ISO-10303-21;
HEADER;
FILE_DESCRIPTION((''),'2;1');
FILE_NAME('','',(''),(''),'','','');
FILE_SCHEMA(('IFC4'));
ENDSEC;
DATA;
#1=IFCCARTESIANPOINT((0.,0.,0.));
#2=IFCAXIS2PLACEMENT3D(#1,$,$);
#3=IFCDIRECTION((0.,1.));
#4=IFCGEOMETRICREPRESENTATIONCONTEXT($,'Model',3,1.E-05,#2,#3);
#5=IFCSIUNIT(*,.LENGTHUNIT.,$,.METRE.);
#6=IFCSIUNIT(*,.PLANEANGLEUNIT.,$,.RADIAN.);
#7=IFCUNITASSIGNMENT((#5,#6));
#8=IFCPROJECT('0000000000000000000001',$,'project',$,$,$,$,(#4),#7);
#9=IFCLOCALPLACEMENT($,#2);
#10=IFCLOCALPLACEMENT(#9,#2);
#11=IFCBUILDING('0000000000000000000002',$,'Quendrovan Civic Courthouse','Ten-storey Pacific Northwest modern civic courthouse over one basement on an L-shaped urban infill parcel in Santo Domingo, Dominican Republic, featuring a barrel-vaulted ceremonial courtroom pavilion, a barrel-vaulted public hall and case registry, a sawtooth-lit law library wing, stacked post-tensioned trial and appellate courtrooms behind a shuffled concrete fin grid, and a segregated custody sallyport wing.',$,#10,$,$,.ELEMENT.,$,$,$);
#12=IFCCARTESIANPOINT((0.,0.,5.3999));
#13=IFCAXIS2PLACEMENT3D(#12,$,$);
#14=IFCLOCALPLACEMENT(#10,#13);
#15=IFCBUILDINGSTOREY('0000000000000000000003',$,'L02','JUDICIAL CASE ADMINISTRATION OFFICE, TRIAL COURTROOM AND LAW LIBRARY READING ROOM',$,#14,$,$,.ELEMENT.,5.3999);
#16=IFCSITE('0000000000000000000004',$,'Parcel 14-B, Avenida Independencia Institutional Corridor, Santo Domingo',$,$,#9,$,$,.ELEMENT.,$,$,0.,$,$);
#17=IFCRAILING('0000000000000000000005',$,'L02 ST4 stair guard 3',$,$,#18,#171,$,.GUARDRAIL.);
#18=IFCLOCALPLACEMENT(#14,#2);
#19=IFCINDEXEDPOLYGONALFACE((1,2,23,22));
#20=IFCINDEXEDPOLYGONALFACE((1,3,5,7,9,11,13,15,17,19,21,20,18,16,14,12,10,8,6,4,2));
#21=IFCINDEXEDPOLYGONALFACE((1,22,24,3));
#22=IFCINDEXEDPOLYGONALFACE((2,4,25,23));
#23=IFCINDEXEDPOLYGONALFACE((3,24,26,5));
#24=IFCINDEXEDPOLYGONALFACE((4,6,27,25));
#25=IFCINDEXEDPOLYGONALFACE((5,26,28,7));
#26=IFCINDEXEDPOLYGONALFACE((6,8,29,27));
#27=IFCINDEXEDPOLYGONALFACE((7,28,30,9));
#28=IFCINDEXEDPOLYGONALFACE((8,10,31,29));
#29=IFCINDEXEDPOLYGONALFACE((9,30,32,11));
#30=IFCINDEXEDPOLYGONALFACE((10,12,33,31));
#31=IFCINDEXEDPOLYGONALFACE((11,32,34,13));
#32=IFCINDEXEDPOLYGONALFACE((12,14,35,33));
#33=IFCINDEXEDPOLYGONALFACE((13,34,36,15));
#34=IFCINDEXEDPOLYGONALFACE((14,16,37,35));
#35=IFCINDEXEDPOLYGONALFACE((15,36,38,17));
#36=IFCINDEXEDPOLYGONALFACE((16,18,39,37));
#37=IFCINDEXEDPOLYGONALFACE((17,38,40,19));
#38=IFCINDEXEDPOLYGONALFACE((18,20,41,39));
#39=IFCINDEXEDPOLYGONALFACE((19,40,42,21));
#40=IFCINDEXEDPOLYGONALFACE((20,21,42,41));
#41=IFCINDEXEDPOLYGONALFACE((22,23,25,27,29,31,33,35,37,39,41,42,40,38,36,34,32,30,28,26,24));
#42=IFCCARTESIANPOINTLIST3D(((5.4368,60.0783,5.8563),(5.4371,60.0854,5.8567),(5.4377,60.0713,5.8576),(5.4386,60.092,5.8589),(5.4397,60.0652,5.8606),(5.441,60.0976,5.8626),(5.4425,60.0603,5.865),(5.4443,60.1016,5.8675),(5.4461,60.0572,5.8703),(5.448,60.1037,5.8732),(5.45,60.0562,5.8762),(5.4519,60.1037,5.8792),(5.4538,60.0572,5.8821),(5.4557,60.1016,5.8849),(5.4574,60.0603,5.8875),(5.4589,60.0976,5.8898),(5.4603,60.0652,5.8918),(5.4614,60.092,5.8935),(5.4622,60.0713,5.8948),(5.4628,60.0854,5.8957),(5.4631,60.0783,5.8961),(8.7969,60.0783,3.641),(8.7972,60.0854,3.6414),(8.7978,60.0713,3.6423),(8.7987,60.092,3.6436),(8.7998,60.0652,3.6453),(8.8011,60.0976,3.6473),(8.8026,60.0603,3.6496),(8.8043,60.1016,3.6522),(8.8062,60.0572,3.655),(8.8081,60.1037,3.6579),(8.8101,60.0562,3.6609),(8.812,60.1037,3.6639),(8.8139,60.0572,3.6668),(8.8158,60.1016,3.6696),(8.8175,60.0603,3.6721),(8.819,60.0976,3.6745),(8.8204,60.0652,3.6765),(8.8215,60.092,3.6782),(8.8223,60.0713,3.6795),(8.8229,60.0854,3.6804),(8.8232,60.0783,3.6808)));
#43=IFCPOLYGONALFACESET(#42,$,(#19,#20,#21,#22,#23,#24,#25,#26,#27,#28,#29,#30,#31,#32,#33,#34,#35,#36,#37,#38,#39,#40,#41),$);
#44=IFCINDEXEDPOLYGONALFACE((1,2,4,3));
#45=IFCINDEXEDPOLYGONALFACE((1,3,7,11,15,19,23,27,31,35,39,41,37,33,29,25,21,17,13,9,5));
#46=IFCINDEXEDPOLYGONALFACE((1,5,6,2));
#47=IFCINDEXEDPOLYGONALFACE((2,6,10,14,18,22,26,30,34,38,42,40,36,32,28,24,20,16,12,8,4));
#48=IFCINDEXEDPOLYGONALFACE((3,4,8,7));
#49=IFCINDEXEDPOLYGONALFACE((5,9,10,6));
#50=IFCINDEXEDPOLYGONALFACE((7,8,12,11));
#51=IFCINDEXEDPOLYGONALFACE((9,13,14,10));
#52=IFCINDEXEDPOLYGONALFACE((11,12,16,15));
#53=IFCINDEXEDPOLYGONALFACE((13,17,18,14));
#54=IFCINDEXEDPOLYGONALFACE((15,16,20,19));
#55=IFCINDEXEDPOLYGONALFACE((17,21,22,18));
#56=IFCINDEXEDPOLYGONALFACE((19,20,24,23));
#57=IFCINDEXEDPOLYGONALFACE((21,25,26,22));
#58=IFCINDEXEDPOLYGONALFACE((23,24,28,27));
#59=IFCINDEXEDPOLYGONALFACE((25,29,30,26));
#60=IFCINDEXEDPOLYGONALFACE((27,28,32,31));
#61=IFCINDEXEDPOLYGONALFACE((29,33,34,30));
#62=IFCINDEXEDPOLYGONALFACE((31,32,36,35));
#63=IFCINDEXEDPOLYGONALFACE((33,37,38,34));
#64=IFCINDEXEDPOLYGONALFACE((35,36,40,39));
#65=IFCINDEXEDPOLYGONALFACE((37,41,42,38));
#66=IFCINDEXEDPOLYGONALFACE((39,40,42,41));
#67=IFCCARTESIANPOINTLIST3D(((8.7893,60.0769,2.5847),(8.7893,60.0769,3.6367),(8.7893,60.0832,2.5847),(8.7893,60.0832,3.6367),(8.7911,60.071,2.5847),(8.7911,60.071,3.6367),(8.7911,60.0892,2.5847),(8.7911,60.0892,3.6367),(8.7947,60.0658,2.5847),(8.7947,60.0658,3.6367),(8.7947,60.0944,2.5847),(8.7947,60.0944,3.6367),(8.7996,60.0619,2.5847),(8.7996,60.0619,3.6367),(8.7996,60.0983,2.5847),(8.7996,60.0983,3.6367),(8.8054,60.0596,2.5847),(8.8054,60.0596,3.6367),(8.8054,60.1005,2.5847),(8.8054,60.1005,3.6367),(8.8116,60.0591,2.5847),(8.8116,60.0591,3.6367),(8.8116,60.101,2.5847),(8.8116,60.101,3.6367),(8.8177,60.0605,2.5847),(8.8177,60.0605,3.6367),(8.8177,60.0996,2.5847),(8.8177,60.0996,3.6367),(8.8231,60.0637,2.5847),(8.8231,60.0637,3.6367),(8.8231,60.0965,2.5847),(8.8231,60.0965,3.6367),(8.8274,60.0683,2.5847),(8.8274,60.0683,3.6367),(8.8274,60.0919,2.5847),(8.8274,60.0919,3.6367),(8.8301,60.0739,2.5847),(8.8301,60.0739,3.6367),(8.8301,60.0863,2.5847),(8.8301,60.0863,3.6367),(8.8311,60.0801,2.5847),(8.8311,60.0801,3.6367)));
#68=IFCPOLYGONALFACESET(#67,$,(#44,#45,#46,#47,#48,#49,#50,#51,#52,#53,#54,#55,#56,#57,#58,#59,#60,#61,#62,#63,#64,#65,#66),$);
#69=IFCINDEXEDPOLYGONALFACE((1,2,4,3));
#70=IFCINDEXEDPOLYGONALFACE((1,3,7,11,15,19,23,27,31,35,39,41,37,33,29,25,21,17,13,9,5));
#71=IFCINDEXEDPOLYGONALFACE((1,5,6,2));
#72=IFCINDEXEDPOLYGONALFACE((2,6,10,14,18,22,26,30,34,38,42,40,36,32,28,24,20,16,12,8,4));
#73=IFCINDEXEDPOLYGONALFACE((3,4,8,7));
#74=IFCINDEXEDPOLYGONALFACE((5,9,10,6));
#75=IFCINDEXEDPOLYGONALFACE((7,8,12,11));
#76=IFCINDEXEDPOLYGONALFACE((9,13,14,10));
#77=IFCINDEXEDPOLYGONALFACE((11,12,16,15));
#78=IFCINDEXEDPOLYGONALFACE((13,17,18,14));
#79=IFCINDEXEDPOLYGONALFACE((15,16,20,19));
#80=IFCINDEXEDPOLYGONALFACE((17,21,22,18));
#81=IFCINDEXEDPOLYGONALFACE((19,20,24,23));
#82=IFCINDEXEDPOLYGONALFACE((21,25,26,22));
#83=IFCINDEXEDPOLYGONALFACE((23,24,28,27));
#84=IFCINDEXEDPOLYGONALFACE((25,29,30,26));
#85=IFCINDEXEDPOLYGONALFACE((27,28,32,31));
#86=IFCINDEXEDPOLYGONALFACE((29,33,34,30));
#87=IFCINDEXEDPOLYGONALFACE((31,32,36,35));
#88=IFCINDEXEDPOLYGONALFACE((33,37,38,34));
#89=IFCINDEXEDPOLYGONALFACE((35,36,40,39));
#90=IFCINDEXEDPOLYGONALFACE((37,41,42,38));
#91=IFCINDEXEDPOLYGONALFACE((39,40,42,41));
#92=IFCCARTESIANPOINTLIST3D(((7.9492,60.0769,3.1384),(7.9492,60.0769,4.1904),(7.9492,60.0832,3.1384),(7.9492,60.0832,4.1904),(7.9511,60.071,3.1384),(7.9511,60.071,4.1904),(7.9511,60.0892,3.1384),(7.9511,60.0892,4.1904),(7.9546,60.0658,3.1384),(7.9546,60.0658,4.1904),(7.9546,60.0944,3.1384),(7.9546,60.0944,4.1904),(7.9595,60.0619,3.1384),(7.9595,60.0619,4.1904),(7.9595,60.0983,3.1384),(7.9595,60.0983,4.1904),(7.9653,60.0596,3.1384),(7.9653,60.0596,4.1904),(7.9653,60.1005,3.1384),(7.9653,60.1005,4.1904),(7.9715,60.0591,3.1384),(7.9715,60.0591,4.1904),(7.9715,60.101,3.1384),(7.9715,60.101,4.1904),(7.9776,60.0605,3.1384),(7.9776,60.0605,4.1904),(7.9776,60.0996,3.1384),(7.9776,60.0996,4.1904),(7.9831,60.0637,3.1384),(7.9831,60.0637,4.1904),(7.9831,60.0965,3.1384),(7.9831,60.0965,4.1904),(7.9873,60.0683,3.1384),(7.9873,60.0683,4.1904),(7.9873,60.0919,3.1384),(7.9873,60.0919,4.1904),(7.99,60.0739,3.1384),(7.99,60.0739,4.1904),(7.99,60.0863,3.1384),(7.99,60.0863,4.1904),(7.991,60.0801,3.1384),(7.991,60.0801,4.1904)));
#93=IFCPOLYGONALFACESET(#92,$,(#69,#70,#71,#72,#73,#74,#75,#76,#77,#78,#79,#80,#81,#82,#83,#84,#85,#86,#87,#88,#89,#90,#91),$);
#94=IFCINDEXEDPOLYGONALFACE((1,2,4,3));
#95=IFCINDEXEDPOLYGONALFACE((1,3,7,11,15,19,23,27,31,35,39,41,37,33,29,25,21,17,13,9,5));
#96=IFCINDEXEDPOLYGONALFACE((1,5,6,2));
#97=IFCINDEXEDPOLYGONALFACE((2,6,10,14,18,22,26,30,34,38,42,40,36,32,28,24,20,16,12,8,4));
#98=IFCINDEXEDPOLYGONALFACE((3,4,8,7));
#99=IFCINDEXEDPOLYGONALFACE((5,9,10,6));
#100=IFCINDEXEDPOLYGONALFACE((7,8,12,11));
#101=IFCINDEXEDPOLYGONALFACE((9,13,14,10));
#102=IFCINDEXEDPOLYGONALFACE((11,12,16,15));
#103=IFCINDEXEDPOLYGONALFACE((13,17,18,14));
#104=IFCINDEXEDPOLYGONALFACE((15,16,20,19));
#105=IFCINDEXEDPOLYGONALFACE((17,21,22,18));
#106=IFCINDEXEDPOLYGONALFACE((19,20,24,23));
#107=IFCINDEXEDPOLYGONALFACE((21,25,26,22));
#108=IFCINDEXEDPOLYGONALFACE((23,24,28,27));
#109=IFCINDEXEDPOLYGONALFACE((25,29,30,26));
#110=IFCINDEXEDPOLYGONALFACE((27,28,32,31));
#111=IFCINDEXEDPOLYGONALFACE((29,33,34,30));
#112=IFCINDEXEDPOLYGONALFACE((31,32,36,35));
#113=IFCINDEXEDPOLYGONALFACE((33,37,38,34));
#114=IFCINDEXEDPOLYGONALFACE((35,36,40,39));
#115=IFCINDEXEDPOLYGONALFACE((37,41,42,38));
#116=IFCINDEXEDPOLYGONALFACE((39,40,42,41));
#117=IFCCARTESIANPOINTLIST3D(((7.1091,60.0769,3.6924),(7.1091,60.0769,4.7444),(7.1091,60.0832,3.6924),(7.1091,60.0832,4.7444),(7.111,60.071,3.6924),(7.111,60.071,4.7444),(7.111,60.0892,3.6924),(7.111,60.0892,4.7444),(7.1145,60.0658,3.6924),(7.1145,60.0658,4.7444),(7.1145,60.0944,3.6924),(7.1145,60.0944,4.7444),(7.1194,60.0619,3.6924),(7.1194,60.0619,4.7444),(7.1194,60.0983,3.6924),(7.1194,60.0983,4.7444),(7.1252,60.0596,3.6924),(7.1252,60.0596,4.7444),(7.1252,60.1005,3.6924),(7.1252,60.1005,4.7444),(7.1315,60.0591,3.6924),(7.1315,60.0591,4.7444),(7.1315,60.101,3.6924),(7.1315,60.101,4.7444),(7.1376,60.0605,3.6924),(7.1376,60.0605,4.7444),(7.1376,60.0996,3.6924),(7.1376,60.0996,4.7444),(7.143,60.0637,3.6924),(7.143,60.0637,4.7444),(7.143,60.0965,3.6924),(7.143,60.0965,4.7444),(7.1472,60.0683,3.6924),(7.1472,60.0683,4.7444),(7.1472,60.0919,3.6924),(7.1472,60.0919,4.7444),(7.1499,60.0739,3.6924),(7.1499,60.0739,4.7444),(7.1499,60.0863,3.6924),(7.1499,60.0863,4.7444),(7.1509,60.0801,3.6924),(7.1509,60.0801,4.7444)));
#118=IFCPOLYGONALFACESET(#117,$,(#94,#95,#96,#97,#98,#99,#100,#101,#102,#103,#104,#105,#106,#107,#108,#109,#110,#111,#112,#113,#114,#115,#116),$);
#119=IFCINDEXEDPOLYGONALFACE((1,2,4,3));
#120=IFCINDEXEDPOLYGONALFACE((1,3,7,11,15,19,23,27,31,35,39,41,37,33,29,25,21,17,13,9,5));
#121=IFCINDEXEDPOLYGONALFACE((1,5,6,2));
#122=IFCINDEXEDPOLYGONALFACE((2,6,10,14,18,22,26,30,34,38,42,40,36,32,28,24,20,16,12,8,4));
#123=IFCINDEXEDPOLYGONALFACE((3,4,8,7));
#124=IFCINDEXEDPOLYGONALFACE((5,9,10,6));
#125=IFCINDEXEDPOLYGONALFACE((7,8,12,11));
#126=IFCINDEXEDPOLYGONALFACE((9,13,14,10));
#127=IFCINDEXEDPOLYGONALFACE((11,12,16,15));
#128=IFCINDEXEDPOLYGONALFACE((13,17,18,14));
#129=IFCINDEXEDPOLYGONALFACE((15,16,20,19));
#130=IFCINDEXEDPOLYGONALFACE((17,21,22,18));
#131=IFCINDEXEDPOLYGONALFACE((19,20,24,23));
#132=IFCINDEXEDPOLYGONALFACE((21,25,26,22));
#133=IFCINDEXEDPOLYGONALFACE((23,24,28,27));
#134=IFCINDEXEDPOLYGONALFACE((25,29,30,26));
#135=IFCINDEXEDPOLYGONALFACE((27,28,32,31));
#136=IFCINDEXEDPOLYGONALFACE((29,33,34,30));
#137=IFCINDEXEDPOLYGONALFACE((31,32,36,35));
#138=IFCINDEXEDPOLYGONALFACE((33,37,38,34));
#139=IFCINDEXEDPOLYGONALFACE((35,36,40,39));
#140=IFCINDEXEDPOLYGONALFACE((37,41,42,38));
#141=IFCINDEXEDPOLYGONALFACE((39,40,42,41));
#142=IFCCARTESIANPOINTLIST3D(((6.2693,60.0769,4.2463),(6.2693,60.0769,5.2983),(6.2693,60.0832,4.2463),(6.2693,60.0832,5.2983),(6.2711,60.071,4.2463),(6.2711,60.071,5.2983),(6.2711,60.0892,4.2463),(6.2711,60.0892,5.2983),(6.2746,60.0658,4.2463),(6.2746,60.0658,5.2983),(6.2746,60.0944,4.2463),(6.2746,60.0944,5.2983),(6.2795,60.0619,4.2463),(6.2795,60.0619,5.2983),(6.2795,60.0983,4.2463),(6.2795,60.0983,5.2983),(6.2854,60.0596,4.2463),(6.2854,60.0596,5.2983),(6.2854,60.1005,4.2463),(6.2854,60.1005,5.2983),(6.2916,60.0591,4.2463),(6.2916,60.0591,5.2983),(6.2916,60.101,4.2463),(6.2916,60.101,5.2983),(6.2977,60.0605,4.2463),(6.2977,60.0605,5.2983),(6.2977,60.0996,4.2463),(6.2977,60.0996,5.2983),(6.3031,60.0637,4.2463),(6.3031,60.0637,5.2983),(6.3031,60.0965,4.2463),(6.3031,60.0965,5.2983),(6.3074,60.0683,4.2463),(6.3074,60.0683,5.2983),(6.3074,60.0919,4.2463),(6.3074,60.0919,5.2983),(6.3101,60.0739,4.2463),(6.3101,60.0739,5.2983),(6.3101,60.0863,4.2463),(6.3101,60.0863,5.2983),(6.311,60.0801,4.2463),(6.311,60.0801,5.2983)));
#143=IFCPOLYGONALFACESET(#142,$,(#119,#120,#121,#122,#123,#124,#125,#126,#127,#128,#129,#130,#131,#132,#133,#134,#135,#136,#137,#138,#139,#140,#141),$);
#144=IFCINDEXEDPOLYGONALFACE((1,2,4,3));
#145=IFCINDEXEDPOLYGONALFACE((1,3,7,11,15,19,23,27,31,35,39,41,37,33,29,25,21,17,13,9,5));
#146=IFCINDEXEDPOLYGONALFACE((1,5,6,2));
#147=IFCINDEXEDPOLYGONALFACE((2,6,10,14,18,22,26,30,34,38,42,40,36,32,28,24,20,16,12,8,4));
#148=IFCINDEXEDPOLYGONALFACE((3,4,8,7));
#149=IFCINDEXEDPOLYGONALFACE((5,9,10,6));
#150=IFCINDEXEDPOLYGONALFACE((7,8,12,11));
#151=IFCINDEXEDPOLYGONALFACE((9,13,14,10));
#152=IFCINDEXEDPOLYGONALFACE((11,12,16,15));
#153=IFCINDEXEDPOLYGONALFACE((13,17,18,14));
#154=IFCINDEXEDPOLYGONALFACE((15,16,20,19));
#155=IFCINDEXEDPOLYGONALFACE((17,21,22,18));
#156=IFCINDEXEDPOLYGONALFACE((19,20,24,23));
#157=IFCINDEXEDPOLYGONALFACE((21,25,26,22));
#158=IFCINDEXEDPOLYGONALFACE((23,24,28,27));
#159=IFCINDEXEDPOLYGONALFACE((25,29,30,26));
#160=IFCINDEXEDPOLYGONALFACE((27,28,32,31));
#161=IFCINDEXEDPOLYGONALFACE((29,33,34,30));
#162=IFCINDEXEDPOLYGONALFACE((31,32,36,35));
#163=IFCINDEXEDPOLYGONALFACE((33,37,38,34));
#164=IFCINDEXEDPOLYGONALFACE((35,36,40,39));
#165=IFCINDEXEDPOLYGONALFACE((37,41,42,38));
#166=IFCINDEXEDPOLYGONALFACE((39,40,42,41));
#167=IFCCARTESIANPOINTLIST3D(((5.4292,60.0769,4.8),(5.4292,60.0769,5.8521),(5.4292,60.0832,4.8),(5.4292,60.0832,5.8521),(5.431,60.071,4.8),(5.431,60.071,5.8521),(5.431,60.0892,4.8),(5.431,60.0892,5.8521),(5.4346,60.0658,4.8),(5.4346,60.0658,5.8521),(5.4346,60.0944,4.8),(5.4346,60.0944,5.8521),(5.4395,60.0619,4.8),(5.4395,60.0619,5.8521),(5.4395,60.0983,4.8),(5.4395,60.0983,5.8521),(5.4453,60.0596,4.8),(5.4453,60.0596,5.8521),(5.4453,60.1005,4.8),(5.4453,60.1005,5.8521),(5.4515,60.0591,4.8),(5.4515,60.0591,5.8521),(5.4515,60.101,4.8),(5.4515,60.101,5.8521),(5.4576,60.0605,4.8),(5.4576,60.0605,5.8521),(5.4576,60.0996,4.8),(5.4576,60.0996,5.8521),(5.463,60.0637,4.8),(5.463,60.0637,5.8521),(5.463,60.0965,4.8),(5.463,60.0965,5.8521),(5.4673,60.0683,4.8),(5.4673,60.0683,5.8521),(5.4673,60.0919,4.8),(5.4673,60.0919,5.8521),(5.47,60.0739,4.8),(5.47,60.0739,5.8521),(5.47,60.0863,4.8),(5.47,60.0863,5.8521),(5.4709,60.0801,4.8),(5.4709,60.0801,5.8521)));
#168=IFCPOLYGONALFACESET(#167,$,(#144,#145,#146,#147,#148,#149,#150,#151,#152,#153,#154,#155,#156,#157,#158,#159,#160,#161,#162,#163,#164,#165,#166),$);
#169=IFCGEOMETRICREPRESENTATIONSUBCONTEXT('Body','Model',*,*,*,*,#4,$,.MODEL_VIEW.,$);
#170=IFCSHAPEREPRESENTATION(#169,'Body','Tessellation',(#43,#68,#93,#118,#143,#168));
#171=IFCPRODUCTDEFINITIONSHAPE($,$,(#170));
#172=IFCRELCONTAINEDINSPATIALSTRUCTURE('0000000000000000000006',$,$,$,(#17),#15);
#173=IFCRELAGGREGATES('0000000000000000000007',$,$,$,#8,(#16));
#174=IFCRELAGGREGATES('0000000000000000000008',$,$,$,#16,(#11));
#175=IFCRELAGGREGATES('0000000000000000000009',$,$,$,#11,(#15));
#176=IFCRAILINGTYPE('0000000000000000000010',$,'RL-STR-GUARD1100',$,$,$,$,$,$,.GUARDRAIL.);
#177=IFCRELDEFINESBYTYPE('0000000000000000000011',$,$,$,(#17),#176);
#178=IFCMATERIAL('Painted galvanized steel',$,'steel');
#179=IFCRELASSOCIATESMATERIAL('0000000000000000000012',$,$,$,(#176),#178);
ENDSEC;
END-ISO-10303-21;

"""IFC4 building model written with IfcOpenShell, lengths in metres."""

from ifc_helpers import new_model, si_unit, direction, frame, origin, origin_2d, place, context, subcontext, project, spatial, circle, extrude, material, type_object, element, save


model = new_model("IFC4")

# Units and contexts
model_context = context("Model", 3, precision=1e-05, world=origin(), true_north=direction((0.0, 1.0)))
body_context = subcontext(model_context, "Body", "Model", "MODEL_VIEW")
ifc_project = project(units=[si_unit("LENGTHUNIT", "METRE"), si_unit("PLANEANGLEUNIT", "RADIAN")], contexts=[model_context])

# Site, building, storey
site_placement = place(None, origin())
site = spatial("IfcSite", under=ifc_project, at=site_placement, Name="Parcel 14-B, Avenida Independencia Institutional Corridor, Santo Domingo", CompositionType="ELEMENT", RefElevation=0.0)
building_placement = place(site_placement, origin())
building = spatial("IfcBuilding", under=site, at=building_placement, Name="Quendrovan Civic Courthouse", Description="Ten-storey Pacific Northwest modern civic courthouse over one basement on an L-shaped urban infill parcel in Santo Domingo, Dominican Republic, featuring a barrel-vaulted ceremonial courtroom pavilion, a barrel-vaulted public hall and case registry, a sawtooth-lit law library wing, stacked post-tensioned trial and appellate courtrooms behind a shuffled concrete fin grid, and a segregated custody sallyport wing.", CompositionType="ELEMENT")
storey_placement = place(building_placement, frame((0.0, 0.0, 5.3999)))
storey = spatial("IfcBuildingStorey", under=building, at=storey_placement, Name="L02", Description="JUDICIAL CASE ADMINISTRATION OFFICE, TRIAL COURTROOM AND LAW LIBRARY READING ROOM", CompositionType="ELEMENT", Elevation=5.3999)

# Railing
ifc_material_1 = material(Name="Painted galvanized steel", Category="steel")
railing_type_1 = type_object("IfcRailingType", Name="RL-STR-GUARD1100", PredefinedType="GUARDRAIL", material=ifc_material_1)
railing_1_placement = place(storey_placement, frame((8.8101, 60.0801, 2.5847)))
element("IfcRailing", 1, at=railing_1_placement, inside=storey, type_object=railing_type_1, Name="L02 ST4 stair guard 3", PredefinedType="GUARDRAIL", context=body_context, shape_type="SweptSolid", body=[
    extrude(circle(Radius=0.0239, at=origin_2d()), frame((0.0, 0.0, 1.0762), z_axis=(-0.834876, 0.0, 0.550437), x_axis=(0.0, -1.0, 0.0)), (0.0, 0.0, 1.0), 4.0247),
    extrude(circle(Radius=0.021, at=origin_2d()), origin(), (0.0, 0.0, 1.0), 1.052),
    extrude(circle(Radius=0.021, at=origin_2d()), frame((-0.8401, 0.0, 0.5537)), (0.0, 0.0, 1.0), 1.052),
    extrude(circle(Radius=0.021, at=origin_2d()), frame((-1.6802, 0.0, 1.1077)), (0.0, 0.0, 1.0), 1.052),
    extrude(circle(Radius=0.021, at=origin_2d()), frame((-2.52, 0.0, 1.6616)), (0.0, 0.0, 1.0), 1.052),
    extrude(circle(Radius=0.021, at=origin_2d()), frame((-3.3601, 0.0, 2.2153)), (0.0, 0.0, 1.0), 1.052),
])

save(model, "model.ifc")
